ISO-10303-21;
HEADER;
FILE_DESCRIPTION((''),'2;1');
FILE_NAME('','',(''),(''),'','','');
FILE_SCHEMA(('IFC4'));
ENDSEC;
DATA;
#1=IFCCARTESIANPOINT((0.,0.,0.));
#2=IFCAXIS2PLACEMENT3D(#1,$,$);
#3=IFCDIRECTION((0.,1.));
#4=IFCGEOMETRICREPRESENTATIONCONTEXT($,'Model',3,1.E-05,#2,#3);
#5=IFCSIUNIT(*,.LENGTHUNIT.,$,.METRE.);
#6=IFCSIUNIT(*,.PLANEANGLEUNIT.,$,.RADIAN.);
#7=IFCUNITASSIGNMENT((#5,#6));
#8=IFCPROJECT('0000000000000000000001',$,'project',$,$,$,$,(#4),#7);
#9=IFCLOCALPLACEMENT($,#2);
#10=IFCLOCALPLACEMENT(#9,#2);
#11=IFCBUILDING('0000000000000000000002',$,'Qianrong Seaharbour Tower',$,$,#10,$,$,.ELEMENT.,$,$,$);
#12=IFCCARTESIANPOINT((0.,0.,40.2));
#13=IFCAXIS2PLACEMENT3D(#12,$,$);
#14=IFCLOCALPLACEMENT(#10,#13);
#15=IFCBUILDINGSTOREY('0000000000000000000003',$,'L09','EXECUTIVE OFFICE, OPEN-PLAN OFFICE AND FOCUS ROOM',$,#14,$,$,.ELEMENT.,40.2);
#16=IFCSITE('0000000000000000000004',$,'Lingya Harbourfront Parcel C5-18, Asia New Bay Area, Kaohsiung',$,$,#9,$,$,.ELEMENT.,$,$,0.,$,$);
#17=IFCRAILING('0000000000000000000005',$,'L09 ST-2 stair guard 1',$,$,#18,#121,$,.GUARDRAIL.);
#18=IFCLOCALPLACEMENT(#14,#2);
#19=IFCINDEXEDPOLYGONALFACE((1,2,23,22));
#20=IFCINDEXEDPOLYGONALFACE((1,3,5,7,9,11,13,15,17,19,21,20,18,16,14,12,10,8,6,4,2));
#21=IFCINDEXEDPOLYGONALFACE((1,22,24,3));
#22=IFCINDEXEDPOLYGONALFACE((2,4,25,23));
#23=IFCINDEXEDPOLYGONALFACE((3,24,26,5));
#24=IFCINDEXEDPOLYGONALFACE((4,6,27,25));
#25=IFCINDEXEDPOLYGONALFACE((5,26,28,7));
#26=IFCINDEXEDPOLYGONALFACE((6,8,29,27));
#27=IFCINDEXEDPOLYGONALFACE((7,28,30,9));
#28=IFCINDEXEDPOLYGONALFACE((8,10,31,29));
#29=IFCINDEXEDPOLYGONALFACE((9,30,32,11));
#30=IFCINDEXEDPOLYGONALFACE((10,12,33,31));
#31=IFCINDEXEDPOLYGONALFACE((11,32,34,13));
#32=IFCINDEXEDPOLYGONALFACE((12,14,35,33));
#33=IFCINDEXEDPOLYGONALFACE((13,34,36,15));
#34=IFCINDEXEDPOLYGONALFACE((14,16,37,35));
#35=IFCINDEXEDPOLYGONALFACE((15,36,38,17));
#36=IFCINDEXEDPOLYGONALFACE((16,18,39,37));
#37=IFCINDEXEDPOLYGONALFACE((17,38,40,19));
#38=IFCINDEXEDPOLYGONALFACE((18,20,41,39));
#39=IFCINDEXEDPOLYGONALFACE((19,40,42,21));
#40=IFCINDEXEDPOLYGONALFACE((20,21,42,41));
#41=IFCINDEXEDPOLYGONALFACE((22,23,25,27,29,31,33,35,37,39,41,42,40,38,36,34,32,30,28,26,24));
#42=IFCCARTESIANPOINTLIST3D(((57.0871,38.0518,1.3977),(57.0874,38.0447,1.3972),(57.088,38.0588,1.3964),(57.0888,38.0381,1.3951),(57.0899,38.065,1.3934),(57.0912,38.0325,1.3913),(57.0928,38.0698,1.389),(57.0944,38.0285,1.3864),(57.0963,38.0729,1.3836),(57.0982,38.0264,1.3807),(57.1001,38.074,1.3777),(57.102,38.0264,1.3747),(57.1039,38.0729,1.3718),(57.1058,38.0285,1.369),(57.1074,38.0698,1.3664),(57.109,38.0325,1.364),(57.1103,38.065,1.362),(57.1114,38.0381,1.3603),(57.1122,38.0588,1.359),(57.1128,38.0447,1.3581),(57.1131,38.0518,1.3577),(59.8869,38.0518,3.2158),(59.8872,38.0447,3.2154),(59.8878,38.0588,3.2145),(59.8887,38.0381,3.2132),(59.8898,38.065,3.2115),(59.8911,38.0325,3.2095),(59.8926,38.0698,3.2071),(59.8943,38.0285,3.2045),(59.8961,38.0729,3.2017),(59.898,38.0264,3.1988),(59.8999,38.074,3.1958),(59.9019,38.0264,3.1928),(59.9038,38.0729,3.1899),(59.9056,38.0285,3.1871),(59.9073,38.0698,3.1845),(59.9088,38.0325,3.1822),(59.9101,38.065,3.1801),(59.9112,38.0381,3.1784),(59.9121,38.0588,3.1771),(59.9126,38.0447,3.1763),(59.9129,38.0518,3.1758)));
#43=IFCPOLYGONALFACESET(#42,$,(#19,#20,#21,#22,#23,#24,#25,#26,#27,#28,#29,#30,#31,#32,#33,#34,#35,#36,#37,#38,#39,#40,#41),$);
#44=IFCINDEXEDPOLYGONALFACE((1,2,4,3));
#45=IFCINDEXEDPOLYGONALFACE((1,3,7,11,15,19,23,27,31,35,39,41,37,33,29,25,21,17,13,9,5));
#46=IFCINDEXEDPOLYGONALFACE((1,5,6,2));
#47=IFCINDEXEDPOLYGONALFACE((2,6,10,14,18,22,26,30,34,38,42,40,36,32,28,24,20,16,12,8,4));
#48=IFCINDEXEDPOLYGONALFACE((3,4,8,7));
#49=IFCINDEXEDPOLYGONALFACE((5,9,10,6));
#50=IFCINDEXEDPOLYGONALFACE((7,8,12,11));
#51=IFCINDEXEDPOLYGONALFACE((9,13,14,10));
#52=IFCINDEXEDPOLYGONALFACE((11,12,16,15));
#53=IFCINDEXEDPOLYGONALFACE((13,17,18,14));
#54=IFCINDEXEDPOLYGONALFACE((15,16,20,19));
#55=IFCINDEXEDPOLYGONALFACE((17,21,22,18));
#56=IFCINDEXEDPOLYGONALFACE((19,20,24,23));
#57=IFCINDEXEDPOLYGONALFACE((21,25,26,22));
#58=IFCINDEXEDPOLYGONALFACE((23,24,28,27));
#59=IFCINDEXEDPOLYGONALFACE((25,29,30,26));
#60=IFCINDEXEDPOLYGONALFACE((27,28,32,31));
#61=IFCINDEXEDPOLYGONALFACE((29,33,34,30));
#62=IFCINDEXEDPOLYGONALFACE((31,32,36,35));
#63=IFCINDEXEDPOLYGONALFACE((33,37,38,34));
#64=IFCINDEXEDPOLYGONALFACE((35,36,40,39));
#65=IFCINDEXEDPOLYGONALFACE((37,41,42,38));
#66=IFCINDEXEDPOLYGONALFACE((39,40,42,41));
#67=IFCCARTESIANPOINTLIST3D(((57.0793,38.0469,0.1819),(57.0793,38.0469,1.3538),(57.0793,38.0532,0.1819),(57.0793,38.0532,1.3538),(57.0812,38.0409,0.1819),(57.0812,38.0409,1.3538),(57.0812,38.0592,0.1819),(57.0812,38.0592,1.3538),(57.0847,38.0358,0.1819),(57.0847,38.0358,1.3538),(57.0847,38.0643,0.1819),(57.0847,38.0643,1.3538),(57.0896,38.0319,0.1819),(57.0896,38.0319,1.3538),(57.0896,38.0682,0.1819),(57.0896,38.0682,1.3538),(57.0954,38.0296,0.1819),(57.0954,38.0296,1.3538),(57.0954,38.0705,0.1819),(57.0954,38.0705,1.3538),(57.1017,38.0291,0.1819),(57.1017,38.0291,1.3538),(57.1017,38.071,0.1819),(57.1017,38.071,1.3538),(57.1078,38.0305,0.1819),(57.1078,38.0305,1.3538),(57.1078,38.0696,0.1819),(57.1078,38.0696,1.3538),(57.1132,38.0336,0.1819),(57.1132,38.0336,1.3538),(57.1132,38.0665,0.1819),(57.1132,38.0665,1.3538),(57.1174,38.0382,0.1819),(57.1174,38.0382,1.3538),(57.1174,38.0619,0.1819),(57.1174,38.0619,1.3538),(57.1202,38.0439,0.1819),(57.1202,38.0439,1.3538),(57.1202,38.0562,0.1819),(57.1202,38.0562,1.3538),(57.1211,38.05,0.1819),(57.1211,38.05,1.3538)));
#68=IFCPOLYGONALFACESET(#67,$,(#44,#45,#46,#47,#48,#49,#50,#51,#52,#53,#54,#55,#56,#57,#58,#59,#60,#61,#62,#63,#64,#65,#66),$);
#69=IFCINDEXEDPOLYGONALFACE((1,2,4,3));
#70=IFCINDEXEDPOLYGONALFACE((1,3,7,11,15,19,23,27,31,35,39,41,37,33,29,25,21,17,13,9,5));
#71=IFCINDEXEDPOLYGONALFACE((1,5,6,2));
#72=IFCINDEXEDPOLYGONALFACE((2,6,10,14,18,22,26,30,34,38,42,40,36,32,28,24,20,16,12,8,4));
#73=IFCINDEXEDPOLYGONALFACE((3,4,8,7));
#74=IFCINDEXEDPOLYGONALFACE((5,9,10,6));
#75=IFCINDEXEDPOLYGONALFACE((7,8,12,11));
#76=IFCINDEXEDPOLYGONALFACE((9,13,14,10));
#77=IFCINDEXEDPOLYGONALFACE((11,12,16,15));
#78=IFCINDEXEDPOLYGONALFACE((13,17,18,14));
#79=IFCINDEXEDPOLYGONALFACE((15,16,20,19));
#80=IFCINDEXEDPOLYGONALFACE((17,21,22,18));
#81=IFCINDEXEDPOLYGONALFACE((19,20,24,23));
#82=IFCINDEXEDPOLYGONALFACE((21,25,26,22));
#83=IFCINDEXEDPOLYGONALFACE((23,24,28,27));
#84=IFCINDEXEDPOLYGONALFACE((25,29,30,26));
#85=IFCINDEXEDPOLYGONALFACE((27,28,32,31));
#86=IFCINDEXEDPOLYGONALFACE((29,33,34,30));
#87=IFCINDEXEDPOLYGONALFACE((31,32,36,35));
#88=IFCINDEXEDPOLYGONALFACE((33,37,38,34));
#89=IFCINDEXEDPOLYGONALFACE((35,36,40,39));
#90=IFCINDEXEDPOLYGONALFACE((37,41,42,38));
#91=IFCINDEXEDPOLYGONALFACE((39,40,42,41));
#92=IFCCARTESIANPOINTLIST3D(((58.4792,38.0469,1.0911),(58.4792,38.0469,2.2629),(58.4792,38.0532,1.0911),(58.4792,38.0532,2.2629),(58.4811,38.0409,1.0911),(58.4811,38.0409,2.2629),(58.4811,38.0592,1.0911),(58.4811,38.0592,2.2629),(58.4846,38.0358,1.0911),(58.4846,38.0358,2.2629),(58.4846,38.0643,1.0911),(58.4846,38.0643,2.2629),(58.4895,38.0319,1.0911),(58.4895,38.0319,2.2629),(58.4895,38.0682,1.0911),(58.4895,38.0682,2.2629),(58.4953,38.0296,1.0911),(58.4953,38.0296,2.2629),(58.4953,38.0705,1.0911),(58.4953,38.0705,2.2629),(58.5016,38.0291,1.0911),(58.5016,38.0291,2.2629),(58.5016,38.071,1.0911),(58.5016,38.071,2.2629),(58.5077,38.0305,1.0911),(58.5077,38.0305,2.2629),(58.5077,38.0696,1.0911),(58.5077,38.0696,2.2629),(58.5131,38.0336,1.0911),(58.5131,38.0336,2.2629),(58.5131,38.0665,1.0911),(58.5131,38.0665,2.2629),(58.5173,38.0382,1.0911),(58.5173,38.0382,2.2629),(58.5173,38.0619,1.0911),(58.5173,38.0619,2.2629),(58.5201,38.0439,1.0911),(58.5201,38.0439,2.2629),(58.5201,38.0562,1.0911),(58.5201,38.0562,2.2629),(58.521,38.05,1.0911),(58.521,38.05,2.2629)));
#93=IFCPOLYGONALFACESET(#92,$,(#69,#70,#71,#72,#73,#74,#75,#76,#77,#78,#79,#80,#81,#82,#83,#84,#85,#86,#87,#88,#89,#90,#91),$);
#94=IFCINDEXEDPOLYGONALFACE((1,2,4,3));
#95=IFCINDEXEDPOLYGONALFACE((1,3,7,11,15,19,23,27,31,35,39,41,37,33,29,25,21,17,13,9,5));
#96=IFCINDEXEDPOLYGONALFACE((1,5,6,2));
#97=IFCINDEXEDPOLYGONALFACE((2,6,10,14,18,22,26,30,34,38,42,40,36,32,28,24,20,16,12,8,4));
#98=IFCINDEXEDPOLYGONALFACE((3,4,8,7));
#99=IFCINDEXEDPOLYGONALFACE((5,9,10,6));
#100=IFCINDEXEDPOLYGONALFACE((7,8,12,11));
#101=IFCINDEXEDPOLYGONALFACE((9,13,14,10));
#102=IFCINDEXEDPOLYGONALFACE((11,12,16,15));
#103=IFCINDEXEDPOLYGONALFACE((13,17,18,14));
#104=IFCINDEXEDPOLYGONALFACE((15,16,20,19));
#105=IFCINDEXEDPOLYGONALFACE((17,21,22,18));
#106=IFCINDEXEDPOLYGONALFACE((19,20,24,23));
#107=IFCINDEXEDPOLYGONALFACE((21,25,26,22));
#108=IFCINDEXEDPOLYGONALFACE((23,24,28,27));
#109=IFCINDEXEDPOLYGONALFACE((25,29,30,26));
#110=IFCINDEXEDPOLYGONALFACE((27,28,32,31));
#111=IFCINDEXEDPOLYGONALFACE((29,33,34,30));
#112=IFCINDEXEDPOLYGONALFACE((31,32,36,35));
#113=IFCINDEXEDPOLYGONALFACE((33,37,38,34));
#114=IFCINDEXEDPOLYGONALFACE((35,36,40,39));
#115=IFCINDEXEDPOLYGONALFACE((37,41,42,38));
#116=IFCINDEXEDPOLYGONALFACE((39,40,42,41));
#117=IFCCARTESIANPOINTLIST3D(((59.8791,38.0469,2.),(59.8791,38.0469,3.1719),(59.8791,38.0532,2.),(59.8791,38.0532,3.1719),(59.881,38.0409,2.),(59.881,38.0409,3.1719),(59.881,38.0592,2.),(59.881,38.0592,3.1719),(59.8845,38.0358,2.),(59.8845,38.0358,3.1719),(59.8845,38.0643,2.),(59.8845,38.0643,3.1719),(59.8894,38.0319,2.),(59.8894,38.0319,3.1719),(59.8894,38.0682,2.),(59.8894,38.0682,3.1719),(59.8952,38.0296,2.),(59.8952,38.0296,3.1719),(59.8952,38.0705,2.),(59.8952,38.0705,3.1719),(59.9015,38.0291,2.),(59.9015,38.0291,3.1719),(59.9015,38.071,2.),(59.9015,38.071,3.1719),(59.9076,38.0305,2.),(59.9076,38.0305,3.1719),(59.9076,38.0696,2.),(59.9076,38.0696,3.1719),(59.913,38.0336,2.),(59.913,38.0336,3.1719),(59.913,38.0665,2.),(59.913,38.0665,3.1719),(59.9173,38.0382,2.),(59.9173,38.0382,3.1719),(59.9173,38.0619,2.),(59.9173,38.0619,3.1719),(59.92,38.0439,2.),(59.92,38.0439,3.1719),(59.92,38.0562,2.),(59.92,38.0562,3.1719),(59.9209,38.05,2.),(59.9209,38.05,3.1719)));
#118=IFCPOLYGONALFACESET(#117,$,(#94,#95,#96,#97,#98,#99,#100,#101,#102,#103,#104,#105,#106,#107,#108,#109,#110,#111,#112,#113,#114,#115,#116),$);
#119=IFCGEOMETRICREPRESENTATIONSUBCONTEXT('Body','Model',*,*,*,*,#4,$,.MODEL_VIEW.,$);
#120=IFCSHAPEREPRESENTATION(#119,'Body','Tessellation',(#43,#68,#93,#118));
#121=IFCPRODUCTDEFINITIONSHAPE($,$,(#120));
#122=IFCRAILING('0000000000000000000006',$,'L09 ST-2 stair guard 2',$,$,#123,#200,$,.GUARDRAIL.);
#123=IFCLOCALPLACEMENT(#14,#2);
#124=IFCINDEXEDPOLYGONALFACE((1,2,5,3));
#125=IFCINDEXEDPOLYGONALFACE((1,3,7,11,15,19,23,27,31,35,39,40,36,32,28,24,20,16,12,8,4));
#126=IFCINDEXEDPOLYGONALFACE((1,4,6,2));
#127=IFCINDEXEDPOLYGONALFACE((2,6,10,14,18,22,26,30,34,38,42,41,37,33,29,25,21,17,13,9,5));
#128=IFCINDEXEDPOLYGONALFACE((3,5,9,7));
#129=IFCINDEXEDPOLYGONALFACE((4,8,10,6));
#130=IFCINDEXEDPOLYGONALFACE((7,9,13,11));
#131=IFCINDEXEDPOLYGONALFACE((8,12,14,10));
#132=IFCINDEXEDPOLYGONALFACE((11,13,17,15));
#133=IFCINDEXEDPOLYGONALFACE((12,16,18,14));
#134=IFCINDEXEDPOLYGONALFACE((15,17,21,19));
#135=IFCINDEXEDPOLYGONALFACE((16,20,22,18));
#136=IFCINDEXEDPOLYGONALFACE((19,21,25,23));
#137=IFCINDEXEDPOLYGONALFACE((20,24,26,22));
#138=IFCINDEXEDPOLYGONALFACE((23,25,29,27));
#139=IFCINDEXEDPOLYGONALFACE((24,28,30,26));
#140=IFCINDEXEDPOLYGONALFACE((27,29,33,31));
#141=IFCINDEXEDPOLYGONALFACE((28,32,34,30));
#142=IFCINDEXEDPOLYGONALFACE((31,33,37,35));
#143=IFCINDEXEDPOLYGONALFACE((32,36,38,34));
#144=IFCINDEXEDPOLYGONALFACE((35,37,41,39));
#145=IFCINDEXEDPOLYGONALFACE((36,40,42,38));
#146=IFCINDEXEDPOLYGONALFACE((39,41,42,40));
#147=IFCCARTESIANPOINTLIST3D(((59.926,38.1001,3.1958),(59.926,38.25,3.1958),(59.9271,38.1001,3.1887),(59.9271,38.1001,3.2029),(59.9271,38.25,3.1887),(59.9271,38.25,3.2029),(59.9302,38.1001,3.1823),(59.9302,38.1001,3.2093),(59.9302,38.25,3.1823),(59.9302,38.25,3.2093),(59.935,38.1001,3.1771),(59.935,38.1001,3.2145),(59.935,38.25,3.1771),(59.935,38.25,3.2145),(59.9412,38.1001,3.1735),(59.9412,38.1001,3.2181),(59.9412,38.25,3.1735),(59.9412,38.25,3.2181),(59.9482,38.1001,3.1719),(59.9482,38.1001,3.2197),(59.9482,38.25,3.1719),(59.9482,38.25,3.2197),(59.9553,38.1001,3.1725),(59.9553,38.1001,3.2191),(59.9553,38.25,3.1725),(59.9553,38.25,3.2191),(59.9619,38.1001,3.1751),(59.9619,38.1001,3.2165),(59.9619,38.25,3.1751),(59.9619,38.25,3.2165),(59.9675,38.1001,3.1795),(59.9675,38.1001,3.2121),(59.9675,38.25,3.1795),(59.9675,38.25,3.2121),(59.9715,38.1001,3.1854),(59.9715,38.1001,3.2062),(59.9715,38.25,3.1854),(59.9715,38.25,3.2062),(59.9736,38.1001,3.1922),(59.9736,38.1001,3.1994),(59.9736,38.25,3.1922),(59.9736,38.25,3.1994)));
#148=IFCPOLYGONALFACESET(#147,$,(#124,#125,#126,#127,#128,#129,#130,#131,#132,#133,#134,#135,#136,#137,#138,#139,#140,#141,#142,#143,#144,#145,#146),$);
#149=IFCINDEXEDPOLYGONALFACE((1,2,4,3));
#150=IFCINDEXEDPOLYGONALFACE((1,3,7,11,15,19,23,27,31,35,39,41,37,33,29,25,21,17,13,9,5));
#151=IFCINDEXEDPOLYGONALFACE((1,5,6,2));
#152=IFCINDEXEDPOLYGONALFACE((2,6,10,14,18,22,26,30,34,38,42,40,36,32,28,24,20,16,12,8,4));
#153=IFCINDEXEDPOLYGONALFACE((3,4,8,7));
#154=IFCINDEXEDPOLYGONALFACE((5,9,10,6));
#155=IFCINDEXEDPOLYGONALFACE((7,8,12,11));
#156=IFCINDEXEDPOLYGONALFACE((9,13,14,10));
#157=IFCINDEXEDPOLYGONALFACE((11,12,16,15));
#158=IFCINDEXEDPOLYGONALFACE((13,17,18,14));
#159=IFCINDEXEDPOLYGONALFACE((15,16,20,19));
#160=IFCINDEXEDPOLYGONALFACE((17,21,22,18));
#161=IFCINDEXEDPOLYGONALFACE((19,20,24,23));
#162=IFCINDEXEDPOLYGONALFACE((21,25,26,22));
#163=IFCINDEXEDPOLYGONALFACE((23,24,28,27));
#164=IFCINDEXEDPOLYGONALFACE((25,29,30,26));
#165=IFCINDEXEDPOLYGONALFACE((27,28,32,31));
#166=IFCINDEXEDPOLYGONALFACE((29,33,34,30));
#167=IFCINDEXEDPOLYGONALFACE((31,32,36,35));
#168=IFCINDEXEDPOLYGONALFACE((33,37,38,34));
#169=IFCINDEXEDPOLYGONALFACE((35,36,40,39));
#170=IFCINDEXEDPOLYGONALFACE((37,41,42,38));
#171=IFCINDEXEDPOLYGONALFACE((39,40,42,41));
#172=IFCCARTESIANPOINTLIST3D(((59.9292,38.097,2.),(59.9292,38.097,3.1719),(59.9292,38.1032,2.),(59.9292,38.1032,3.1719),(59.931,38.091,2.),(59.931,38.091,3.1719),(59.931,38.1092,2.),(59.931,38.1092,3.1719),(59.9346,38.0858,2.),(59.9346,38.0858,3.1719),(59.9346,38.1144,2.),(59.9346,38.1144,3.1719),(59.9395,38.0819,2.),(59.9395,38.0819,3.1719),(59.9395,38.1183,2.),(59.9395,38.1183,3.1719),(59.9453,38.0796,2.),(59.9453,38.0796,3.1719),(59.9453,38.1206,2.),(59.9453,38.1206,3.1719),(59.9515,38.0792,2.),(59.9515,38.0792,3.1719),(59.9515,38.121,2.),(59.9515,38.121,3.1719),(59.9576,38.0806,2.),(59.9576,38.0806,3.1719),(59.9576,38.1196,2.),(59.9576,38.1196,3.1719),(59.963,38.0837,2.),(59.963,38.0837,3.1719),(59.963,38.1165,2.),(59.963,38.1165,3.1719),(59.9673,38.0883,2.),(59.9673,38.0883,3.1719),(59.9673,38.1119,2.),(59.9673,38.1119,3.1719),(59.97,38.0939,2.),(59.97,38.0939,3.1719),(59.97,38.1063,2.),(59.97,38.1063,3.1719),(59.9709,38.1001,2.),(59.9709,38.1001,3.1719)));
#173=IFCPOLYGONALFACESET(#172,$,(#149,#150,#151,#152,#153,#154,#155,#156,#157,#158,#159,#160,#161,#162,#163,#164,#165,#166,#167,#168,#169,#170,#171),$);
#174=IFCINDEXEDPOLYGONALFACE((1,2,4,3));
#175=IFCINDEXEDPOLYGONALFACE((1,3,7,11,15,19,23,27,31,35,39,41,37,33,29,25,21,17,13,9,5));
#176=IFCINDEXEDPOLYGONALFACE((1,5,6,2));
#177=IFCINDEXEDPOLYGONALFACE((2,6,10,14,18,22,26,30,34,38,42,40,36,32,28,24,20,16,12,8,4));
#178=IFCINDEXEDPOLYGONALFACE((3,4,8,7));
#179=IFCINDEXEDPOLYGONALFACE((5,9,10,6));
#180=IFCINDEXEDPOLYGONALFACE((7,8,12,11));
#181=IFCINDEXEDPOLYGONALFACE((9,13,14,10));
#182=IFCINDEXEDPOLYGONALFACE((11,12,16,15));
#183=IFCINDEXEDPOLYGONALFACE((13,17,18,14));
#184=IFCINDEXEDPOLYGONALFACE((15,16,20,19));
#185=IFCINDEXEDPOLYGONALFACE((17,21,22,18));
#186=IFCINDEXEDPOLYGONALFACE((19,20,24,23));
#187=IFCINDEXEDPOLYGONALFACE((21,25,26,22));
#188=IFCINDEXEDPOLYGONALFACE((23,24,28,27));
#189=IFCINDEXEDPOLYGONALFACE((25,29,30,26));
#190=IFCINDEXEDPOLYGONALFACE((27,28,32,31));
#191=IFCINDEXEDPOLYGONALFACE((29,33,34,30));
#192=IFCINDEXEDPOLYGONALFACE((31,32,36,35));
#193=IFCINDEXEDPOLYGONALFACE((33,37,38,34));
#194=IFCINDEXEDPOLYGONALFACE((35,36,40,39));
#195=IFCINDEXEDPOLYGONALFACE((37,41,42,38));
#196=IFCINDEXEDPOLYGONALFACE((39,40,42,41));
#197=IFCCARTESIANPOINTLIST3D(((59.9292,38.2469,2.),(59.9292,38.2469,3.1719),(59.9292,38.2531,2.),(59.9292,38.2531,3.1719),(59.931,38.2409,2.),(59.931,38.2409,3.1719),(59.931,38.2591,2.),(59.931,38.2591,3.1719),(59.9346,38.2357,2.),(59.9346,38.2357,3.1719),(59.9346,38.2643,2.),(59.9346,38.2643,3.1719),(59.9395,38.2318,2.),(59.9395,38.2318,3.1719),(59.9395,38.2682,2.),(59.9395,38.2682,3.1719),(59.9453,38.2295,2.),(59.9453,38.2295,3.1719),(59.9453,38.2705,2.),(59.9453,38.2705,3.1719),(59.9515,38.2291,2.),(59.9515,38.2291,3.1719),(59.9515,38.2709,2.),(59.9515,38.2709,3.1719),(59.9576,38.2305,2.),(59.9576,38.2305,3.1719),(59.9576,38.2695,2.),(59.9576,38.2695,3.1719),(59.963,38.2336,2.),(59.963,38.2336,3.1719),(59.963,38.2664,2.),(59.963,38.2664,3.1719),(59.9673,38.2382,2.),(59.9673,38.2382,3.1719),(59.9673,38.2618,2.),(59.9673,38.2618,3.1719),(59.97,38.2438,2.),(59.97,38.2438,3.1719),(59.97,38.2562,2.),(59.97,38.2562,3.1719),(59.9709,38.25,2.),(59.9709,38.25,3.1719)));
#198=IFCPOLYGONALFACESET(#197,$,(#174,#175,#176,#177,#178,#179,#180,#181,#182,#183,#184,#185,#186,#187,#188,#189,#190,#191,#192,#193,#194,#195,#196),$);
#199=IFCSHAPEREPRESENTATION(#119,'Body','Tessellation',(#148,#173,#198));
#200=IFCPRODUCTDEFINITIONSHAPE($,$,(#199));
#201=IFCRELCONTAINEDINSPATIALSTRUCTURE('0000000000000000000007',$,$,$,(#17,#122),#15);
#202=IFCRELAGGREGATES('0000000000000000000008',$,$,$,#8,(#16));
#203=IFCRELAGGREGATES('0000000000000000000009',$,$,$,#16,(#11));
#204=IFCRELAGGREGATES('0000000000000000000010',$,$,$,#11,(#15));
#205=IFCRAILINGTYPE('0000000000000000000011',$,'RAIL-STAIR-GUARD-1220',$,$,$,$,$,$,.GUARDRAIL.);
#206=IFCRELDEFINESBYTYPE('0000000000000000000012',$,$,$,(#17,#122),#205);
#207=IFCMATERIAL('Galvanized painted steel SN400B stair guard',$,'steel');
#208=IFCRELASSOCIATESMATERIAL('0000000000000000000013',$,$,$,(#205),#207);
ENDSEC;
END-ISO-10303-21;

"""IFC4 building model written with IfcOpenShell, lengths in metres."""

from ifc_helpers import new_model, si_unit, direction, frame, origin, origin_2d, place, context, subcontext, project, spatial, circle, extrude, material, type_object, element, save


model = new_model("IFC4")

# Units and contexts
model_context = context("Model", 3, precision=1e-05, world=origin(), true_north=direction((0.0, 1.0)))
body_context = subcontext(model_context, "Body", "Model", "MODEL_VIEW")
ifc_project = project(units=[si_unit("LENGTHUNIT", "METRE"), si_unit("PLANEANGLEUNIT", "RADIAN")], contexts=[model_context])

# Site, building, storey
site_placement = place(None, origin())
site = spatial("IfcSite", under=ifc_project, at=site_placement, Name="Lingya Harbourfront Parcel C5-18, Asia New Bay Area, Kaohsiung", CompositionType="ELEMENT", RefElevation=0.0)
building_placement = place(site_placement, origin())
building = spatial("IfcBuilding", under=site, at=building_placement, Name="Qianrong Seaharbour Tower", CompositionType="ELEMENT")
storey_placement = place(building_placement, frame((0.0, 0.0, 40.2)))
storey = spatial("IfcBuildingStorey", under=building, at=storey_placement, Name="L09", Description="EXECUTIVE OFFICE, OPEN-PLAN OFFICE AND FOCUS ROOM", CompositionType="ELEMENT", Elevation=40.2)

# Railings
ifc_material_1 = material(Name="Galvanized painted steel SN400B stair guard", Category="steel")
railing_type_1 = type_object("IfcRailingType", Name="RAIL-STAIR-GUARD-1220", PredefinedType="GUARDRAIL", material=ifc_material_1)
railing_1_placement = place(storey_placement, frame((57.1001, 38.05, 0.1819)))
element("IfcRailing", 1, at=railing_1_placement, inside=storey, type_object=railing_type_1, Name="L09 ST-2 stair guard 1", PredefinedType="GUARDRAIL", context=body_context, shape_type="SweptSolid", body=[
    extrude(circle(Radius=0.0239, at=origin_2d()), frame((0.0, 0.0, 1.1958), z_axis=(0.838684, 0.0, 0.544618), x_axis=(0.0, 1.0, 0.0)), (0.0, 0.0, 1.0), 3.3384),
    extrude(circle(Radius=0.021, at=origin_2d()), origin(), (0.0, 0.0, 1.0), 1.1719),
    extrude(circle(Radius=0.021, at=origin_2d()), frame((1.3999, 0.0, 0.9092)), (0.0, 0.0, 1.0), 1.1719),
    extrude(circle(Radius=0.021, at=origin_2d()), frame((2.7998, 0.0, 1.8181)), (0.0, 0.0, 1.0), 1.1719),
])
railing_2_placement = place(storey_placement, frame((59.95, 38.1001, 2.0)))
element("IfcRailing", 2, at=railing_2_placement, inside=storey, type_object=railing_type_1, Name="L09 ST-2 stair guard 2", PredefinedType="GUARDRAIL", context=body_context, shape_type="SweptSolid", body=[
    extrude(circle(Radius=0.0239, at=origin_2d()), frame((0.0, 0.0, 1.1958), z_axis=(0.0, 1.0, 0.0), x_axis=(-1.0, 0.0, 0.0)), (0.0, 0.0, 1.0), 0.1499),
    extrude(circle(Radius=0.021, at=origin_2d()), origin(), (0.0, 0.0, 1.0), 1.1719),
    extrude(circle(Radius=0.021, at=origin_2d()), frame((0.0, 0.1499, 0.0)), (0.0, 0.0, 1.0), 1.1719),
])

save(model, "model.ifc")
